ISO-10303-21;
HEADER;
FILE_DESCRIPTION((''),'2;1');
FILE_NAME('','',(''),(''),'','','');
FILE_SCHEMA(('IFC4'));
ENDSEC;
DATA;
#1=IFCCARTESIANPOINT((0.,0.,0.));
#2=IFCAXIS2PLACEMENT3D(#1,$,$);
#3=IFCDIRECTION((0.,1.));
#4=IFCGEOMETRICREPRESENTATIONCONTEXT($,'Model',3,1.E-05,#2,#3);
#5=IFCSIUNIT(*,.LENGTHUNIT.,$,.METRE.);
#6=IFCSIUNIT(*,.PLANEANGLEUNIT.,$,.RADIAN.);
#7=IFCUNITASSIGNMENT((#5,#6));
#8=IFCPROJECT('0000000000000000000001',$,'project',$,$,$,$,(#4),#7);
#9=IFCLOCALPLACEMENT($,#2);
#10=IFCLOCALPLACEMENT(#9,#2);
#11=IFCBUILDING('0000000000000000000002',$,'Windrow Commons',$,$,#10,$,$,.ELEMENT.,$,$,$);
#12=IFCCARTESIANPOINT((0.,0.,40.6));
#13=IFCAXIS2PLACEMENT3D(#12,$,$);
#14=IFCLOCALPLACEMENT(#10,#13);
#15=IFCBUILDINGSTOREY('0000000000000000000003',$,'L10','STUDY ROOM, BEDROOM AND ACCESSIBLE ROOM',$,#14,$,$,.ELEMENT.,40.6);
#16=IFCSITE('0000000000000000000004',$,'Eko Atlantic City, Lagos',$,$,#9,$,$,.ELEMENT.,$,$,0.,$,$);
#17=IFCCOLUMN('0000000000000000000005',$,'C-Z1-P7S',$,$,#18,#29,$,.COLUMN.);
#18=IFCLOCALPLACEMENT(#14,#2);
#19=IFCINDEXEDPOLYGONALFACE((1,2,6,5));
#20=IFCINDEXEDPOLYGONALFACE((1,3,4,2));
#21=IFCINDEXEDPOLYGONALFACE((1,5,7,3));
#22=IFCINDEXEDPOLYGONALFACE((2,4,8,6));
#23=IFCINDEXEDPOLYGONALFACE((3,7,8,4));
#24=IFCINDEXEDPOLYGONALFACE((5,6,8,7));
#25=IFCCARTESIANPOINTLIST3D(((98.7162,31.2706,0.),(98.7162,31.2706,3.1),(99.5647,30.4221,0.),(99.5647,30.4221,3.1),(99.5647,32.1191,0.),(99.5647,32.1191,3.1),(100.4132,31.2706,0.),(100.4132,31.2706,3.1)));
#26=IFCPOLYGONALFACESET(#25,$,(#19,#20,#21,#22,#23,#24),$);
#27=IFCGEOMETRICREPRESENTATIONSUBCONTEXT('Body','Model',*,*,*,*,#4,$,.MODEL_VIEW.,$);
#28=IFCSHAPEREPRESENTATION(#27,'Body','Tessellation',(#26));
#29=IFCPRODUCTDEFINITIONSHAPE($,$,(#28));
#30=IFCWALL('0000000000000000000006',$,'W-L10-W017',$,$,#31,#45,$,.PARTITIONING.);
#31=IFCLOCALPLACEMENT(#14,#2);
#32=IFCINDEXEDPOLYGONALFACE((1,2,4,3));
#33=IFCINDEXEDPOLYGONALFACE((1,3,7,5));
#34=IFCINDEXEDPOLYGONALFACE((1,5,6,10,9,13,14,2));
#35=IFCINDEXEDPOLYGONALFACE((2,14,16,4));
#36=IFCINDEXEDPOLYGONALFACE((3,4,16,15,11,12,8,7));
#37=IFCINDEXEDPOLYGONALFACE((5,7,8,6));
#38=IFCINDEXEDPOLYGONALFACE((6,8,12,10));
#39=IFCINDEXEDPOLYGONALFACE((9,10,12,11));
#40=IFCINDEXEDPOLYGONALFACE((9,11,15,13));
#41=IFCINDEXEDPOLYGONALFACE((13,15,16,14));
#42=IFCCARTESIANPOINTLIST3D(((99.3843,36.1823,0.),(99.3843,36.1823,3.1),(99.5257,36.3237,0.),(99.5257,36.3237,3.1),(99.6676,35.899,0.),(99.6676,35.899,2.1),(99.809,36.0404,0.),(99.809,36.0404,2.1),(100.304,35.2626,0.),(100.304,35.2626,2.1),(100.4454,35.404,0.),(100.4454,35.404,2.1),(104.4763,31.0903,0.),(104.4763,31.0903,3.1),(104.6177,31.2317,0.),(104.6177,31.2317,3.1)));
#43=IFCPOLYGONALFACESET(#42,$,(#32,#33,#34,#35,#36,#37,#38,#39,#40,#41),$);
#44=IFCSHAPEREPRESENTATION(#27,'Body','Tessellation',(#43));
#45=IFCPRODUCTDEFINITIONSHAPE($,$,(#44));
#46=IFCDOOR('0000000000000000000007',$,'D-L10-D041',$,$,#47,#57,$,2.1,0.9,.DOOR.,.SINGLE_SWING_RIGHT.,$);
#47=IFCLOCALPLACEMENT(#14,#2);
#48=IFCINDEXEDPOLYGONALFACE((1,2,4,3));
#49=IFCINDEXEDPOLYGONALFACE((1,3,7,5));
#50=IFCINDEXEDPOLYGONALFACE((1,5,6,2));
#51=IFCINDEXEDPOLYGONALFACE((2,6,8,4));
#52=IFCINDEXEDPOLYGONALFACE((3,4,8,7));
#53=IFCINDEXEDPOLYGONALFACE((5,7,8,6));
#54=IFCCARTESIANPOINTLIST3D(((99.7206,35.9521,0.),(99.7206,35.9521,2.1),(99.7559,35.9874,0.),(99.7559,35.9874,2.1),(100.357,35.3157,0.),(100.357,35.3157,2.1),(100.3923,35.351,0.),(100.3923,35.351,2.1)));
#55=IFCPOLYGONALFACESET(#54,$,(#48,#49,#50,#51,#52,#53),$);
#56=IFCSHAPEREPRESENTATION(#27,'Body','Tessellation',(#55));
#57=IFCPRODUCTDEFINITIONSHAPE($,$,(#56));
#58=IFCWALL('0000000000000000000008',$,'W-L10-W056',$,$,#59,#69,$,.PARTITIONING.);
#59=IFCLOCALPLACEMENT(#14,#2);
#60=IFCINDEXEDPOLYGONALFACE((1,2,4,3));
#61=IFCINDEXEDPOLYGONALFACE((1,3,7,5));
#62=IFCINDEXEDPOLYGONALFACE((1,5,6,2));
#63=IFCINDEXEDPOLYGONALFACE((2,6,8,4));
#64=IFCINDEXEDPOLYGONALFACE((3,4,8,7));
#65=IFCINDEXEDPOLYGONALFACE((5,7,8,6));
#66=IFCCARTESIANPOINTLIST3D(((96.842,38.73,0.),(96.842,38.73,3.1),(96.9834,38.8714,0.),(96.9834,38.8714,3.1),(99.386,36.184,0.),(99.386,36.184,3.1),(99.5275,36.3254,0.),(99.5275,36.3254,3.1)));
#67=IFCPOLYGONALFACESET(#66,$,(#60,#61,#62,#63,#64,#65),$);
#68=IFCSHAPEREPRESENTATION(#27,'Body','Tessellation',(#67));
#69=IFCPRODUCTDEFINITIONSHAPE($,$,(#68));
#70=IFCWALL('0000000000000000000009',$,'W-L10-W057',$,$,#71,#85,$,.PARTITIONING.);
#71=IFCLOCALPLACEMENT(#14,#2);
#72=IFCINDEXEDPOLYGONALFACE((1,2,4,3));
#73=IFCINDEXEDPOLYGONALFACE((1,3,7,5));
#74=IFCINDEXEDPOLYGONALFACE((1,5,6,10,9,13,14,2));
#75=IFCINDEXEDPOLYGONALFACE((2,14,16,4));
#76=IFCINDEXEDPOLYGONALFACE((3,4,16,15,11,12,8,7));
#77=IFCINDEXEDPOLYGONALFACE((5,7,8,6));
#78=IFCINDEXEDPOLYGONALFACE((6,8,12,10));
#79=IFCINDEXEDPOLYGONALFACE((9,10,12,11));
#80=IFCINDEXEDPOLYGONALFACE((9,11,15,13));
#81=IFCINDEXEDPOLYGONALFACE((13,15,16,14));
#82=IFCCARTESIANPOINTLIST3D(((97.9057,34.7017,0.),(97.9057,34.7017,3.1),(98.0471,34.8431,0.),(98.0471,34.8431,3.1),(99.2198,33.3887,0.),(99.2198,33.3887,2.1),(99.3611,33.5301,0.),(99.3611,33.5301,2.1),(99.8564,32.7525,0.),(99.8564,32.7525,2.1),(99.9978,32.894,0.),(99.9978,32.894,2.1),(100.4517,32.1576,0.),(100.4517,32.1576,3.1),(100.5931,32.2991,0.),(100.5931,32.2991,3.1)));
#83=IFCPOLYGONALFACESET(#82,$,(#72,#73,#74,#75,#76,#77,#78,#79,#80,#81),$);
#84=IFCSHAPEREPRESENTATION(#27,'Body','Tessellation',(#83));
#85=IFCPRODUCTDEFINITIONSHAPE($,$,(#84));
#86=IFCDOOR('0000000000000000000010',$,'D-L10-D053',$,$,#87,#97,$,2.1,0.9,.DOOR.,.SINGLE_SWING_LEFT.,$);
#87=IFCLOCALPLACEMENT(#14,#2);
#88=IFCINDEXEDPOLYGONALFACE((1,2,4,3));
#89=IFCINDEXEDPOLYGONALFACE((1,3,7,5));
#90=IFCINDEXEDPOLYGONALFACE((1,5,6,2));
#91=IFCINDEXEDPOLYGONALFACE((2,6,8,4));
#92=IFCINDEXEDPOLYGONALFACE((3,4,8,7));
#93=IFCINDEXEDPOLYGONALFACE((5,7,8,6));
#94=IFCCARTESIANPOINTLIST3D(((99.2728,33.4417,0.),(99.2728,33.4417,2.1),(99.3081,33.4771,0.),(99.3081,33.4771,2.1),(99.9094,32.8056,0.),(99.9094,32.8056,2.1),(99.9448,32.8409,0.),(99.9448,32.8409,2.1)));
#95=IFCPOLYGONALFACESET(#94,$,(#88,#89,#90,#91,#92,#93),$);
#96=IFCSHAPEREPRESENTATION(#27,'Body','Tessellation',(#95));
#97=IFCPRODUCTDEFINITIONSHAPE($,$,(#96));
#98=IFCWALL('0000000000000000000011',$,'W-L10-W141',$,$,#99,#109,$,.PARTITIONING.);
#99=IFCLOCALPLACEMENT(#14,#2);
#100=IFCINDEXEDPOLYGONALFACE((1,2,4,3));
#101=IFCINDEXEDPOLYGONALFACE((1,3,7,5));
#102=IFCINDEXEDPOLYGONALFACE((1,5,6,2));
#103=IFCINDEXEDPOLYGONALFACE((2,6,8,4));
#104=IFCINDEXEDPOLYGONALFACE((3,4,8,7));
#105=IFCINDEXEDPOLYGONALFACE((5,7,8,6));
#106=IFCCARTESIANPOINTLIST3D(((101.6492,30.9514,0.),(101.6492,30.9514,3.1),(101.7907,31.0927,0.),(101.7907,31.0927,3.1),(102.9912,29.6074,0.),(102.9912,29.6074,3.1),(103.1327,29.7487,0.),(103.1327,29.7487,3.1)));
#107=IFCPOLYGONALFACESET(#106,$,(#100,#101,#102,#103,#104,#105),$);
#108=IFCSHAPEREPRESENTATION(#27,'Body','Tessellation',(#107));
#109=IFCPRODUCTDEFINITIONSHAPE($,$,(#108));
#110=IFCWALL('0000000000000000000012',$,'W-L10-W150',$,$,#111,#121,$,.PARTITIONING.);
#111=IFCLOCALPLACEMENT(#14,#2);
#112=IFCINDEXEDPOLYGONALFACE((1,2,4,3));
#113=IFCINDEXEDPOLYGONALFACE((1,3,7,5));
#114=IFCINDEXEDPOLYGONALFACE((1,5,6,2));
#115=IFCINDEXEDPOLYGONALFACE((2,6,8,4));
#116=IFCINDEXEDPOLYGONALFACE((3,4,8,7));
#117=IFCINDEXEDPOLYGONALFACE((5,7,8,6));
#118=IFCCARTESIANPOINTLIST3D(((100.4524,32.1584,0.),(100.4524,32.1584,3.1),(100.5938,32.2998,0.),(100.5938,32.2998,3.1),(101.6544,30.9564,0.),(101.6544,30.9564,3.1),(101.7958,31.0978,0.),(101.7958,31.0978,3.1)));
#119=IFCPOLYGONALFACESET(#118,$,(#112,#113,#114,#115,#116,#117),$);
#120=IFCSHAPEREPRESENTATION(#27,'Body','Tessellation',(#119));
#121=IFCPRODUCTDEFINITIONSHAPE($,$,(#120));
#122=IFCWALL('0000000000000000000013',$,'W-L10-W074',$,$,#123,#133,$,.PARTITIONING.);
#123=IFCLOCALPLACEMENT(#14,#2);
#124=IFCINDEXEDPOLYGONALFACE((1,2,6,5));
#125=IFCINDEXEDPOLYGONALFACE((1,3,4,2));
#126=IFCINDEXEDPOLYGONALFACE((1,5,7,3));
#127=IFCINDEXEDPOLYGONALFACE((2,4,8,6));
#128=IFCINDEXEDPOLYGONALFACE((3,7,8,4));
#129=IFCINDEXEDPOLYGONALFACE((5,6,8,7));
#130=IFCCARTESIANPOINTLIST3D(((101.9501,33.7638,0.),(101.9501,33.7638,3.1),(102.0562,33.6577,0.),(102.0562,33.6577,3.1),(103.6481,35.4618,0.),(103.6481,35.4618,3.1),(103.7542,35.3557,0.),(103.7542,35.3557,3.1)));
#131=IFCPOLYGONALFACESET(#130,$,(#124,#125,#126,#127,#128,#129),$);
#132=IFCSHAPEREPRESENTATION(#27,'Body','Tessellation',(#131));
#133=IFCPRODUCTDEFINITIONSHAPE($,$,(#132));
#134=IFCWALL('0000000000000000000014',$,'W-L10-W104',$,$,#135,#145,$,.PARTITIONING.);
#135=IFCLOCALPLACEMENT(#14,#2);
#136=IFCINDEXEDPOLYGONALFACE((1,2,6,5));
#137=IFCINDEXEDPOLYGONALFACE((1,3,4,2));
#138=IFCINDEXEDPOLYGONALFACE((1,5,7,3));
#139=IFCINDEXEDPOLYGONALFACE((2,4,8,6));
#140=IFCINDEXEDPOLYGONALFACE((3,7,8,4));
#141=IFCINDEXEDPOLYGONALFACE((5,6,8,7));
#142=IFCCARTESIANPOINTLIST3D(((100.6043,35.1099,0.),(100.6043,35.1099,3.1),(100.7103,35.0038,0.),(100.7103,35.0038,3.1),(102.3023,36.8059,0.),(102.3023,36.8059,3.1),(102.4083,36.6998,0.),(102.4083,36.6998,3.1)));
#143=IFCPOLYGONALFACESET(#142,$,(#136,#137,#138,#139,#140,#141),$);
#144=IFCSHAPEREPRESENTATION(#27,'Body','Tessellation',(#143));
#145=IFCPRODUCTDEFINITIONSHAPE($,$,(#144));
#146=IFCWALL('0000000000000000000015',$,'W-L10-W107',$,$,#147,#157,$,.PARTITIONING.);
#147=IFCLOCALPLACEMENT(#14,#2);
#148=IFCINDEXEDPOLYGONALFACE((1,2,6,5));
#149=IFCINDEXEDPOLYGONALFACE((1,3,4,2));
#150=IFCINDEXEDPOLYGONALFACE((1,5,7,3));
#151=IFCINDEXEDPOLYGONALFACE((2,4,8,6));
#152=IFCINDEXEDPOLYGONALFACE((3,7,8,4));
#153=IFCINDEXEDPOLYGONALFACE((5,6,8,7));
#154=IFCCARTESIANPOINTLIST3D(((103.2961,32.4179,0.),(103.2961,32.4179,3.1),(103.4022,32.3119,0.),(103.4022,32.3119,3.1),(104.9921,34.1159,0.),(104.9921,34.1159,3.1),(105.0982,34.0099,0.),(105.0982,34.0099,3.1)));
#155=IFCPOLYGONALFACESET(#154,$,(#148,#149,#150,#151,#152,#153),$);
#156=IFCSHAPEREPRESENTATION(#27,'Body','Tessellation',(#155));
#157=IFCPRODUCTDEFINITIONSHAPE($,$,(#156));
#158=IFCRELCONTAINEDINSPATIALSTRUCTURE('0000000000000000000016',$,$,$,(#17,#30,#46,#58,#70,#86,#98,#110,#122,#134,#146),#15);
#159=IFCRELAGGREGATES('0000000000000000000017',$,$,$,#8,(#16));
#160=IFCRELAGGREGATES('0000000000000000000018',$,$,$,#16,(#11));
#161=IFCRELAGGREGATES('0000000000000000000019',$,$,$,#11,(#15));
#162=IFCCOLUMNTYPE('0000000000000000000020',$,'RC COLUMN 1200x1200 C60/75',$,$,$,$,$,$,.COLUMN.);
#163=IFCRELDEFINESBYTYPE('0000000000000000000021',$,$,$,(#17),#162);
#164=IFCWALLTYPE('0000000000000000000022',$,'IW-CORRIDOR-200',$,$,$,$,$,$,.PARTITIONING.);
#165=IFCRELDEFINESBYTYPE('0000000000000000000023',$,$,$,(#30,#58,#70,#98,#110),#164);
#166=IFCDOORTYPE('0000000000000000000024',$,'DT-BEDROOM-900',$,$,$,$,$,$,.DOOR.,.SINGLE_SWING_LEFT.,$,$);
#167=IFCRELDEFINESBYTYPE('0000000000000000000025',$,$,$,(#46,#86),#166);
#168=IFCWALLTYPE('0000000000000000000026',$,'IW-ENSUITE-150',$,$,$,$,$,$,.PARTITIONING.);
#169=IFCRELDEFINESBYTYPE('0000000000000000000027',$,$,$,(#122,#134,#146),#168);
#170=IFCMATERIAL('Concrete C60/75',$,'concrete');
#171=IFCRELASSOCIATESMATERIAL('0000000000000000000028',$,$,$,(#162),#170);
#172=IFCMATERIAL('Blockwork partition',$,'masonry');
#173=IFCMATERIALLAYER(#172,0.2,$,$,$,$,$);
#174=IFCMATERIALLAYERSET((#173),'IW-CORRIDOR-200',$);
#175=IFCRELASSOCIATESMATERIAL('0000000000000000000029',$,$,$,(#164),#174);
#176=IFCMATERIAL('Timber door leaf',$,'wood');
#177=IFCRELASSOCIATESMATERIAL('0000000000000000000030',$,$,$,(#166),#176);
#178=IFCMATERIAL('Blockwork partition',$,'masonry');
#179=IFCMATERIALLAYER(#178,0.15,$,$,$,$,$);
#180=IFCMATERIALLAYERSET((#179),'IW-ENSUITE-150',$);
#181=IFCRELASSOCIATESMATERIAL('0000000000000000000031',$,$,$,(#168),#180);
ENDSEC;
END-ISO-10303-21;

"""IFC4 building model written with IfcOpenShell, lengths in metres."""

from ifc_helpers import new_model, si_unit, direction, frame, frame_2d, origin, origin_2d, place, context, subcontext, project, spatial, rectangle, extrude, material, layer, layer_set, material_profile, profile_set, type_object, element, fill, save


model = new_model("IFC4")

# Units and contexts
model_context = context("Model", 3, precision=1e-05, world=origin(), true_north=direction((0.0, 1.0)))
body_context = subcontext(model_context, "Body", "Model", "MODEL_VIEW")
ifc_project = project(units=[si_unit("LENGTHUNIT", "METRE"), si_unit("PLANEANGLEUNIT", "RADIAN")], contexts=[model_context])

# Site, building, storey
site_placement = place(None, origin())
site = spatial("IfcSite", under=ifc_project, at=site_placement, Name="Eko Atlantic City, Lagos", CompositionType="ELEMENT", RefElevation=0.0)
building_placement = place(site_placement, origin())
building = spatial("IfcBuilding", under=site, at=building_placement, Name="Windrow Commons", CompositionType="ELEMENT")
storey_placement = place(building_placement, frame((0.0, 0.0, 40.6)))
storey = spatial("IfcBuildingStorey", under=building, at=storey_placement, Name="L10", Description="STUDY ROOM, BEDROOM AND ACCESSIBLE ROOM", CompositionType="ELEMENT", Elevation=40.6)

# Column
ifc_material_1 = material(Name="Concrete C60/75", Category="concrete")
ifc_material_profile = material_profile(ifc_material_1, rectangle(XDim=1.2, YDim=1.2, at=origin_2d()))
ifc_profile_set = profile_set([ifc_material_profile], Name="Concrete C60/75")
column_type = type_object("IfcColumnType", Name="RC COLUMN 1200x1200 C60/75", PredefinedType="COLUMN", material=ifc_profile_set)
column_placement = place(storey_placement, frame((99.5647, 31.2706, 0.0), z_axis=(0.0, 0.0, 1.0), x_axis=(0.707107, -0.707107, 0.0)))
element("IfcColumn", 1, at=column_placement, inside=storey, type_object=column_type, Name="C-Z1-P7S", PredefinedType="COLUMN", context=body_context, shape_type="SweptSolid", body=[
    extrude(rectangle(XDim=1.2, YDim=1.2, at=origin_2d()), origin(), (0.0, 0.0, 1.0), 3.1),
])

# Wall, opening, door
ifc_material_2 = material(Name="Blockwork partition", Category="masonry")
ifc_layer_1 = layer(ifc_material_2, 0.2)
ifc_layer_set_1 = layer_set([ifc_layer_1], Name="IW-CORRIDOR-200")
wall_type_1 = type_object("IfcWallType", Name="IW-CORRIDOR-200", PredefinedType="PARTITIONING", material=ifc_layer_set_1)
wall_1_placement = place(storey_placement, frame((99.455, 36.253, 0.0), z_axis=(0.0, 0.0, 1.0), x_axis=(0.707107, -0.707107, 0.0)))
wall_1 = element("IfcWall", 2, at=wall_1_placement, inside=storey, type_object=wall_type_1, Name="W-L10-W017", PredefinedType="PARTITIONING", context=body_context, shape_type="SweptSolid", body=[
    extrude(rectangle(XDim=7.2012, YDim=0.2, at=frame_2d((3.6006, 0.0))), origin(), (0.0, 0.0, 1.0), 3.1),
])
opening_1_placement = place(wall_1_placement, frame((0.4006, 0.0, 0.0)))
opening_1 = element("IfcOpeningElement", 3, at=opening_1_placement, cuts=wall_1, PredefinedType="OPENING", context=body_context, shape_type="SweptSolid", body=[
    extrude(rectangle(XDim=0.9, YDim=2.1, at=frame_2d((0.45, 1.05))), frame((0.0, 0.11, 0.0), z_axis=(0.0, -1.0, 0.0), x_axis=(1.0, 0.0, 0.0)), (0.0, 0.0, 1.0), 0.22),
])
ifc_material_3 = material(Name="Timber door leaf", Category="wood")
door_type_1 = type_object("IfcDoorType", Name="DT-BEDROOM-900", OperationType="SINGLE_SWING_LEFT", PredefinedType="DOOR", material=ifc_material_3)
door_1_placement = place(opening_1_placement, origin())
door_1 = element("IfcDoor", 4, at=door_1_placement, inside=storey, type_object=door_type_1, Name="D-L10-D041", OperationType="SINGLE_SWING_RIGHT", OverallHeight=2.1, OverallWidth=0.9, PredefinedType="DOOR", context=body_context, shape_type="SweptSolid", body=[
    extrude(rectangle(XDim=0.9, YDim=2.1, at=frame_2d((0.45, 1.05))), frame((0.0, 0.025, 0.0), z_axis=(0.0, -1.0, 0.0), x_axis=(1.0, 0.0, 0.0)), (0.0, 0.0, 1.0), 0.05),
])
fill(opening_1, door_1)

# Wall
wall_2_placement = place(storey_placement, frame((96.9127, 38.8007, 0.0), z_axis=(0.0, 0.0, 1.0), x_axis=(0.706829, -0.707385, 0.0)))
element("IfcWall", 5, at=wall_2_placement, inside=storey, type_object=wall_type_1, Name="W-L10-W056", PredefinedType="PARTITIONING", context=body_context, shape_type="SweptSolid", body=[
    extrude(rectangle(XDim=3.5992, YDim=0.2, at=frame_2d((1.7996, 0.0))), origin(), (0.0, 0.0, 1.0), 3.1),
])

# Wall, opening, door
wall_3_placement = place(storey_placement, frame((97.9764, 34.7724, 0.0), z_axis=(0.0, 0.0, 1.0), x_axis=(0.707385, -0.706829, 0.0)))
wall_3 = element("IfcWall", 6, at=wall_3_placement, inside=storey, type_object=wall_type_1, Name="W-L10-W057", PredefinedType="PARTITIONING", context=body_context, shape_type="SweptSolid", body=[
    extrude(rectangle(XDim=3.5992, YDim=0.2, at=frame_2d((1.7996, 0.0))), origin(), (0.0, 0.0, 1.0), 3.1),
])
opening_2_placement = place(wall_3_placement, frame((1.8576, 0.0, 0.0)))
opening_2 = element("IfcOpeningElement", 7, at=opening_2_placement, cuts=wall_3, PredefinedType="OPENING", context=body_context, shape_type="SweptSolid", body=[
    extrude(rectangle(XDim=0.9, YDim=2.1, at=frame_2d((0.45, 1.05))), frame((0.0, 0.11, 0.0), z_axis=(0.0, -1.0, 0.0), x_axis=(1.0, 0.0, 0.0)), (0.0, 0.0, 1.0), 0.22),
])
door_2_placement = place(opening_2_placement, origin())
door_2 = element("IfcDoor", 8, at=door_2_placement, inside=storey, type_object=door_type_1, Name="D-L10-D053", OperationType="SINGLE_SWING_LEFT", OverallHeight=2.1, OverallWidth=0.9, PredefinedType="DOOR", context=body_context, shape_type="SweptSolid", body=[
    extrude(rectangle(XDim=0.9, YDim=2.1, at=frame_2d((0.45, 1.05))), frame((0.0, 0.025, 0.0), z_axis=(0.0, -1.0, 0.0), x_axis=(1.0, 0.0, 0.0)), (0.0, 0.0, 1.0), 0.05),
])
fill(opening_2, door_2)

# Walls
wall_4_placement = place(storey_placement, frame((101.72, 31.022, 0.0), z_axis=(0.0, 0.0, 1.0), x_axis=(0.70658, -0.707633, 0.0)))
element("IfcWall", 9, at=wall_4_placement, inside=storey, type_object=wall_type_1, Name="W-L10-W141", PredefinedType="PARTITIONING", context=body_context, shape_type="SweptSolid", body=[
    extrude(rectangle(XDim=1.8993, YDim=0.2, at=frame_2d((0.9496, 0.0))), origin(), (0.0, 0.0, 1.0), 3.1),
])
wall_5_placement = place(storey_placement, frame((100.5231, 32.2291, 0.0), z_axis=(0.0, 0.0, 1.0), x_axis=(0.707107, -0.707107, 0.0)))
element("IfcWall", 10, at=wall_5_placement, inside=storey, type_object=wall_type_1, Name="W-L10-W150", PredefinedType="PARTITIONING", context=body_context, shape_type="SweptSolid", body=[
    extrude(rectangle(XDim=1.6999, YDim=0.2, at=frame_2d((0.8499, 0.0))), origin(), (0.0, 0.0, 1.0), 3.1),
])
ifc_material_4 = material(Name="Blockwork partition", Category="masonry")
ifc_layer_2 = layer(ifc_material_4, 0.15)
ifc_layer_set_2 = layer_set([ifc_layer_2], Name="IW-ENSUITE-150")
wall_type_2 = type_object("IfcWallType", Name="IW-ENSUITE-150", PredefinedType="PARTITIONING", material=ifc_layer_set_2)
wall_6_placement = place(storey_placement, frame((102.0032, 33.7108, 0.0), z_axis=(0.0, 0.0, 1.0), x_axis=(0.707107, 0.707107, 0.0)))
element("IfcWall", 11, at=wall_6_placement, inside=storey, type_object=wall_type_2, Name="W-L10-W074", PredefinedType="PARTITIONING", context=body_context, shape_type="SweptSolid", body=[
    extrude(rectangle(XDim=2.4013, YDim=0.15, at=frame_2d((1.2006, 0.0))), origin(), (0.0, 0.0, 1.0), 3.1),
])
for number, where, z_axis, x_axis, name in (
    (12, (100.6573, 35.0568, 0.0), (0.0, 0.0, 1.0), (0.707523, 0.70669, 0.0), "W-L10-W104"),
    (13, (103.3491, 32.3649, 0.0), (0.0, 0.0, 1.0), (0.70669, 0.707523, 0.0), "W-L10-W107"),
):
    element("IfcWall", number, at=place(storey_placement, frame(where, z_axis=z_axis, x_axis=x_axis)), inside=storey, type_object=wall_type_2, Name=name, PredefinedType="PARTITIONING", context=body_context, shape_type="SweptSolid", body=[
        extrude(rectangle(XDim=2.3999, YDim=0.15, at=frame_2d((1.2, 0.0))), origin(), (0.0, 0.0, 1.0), 3.1),
    ])

save(model, "model.ifc")
